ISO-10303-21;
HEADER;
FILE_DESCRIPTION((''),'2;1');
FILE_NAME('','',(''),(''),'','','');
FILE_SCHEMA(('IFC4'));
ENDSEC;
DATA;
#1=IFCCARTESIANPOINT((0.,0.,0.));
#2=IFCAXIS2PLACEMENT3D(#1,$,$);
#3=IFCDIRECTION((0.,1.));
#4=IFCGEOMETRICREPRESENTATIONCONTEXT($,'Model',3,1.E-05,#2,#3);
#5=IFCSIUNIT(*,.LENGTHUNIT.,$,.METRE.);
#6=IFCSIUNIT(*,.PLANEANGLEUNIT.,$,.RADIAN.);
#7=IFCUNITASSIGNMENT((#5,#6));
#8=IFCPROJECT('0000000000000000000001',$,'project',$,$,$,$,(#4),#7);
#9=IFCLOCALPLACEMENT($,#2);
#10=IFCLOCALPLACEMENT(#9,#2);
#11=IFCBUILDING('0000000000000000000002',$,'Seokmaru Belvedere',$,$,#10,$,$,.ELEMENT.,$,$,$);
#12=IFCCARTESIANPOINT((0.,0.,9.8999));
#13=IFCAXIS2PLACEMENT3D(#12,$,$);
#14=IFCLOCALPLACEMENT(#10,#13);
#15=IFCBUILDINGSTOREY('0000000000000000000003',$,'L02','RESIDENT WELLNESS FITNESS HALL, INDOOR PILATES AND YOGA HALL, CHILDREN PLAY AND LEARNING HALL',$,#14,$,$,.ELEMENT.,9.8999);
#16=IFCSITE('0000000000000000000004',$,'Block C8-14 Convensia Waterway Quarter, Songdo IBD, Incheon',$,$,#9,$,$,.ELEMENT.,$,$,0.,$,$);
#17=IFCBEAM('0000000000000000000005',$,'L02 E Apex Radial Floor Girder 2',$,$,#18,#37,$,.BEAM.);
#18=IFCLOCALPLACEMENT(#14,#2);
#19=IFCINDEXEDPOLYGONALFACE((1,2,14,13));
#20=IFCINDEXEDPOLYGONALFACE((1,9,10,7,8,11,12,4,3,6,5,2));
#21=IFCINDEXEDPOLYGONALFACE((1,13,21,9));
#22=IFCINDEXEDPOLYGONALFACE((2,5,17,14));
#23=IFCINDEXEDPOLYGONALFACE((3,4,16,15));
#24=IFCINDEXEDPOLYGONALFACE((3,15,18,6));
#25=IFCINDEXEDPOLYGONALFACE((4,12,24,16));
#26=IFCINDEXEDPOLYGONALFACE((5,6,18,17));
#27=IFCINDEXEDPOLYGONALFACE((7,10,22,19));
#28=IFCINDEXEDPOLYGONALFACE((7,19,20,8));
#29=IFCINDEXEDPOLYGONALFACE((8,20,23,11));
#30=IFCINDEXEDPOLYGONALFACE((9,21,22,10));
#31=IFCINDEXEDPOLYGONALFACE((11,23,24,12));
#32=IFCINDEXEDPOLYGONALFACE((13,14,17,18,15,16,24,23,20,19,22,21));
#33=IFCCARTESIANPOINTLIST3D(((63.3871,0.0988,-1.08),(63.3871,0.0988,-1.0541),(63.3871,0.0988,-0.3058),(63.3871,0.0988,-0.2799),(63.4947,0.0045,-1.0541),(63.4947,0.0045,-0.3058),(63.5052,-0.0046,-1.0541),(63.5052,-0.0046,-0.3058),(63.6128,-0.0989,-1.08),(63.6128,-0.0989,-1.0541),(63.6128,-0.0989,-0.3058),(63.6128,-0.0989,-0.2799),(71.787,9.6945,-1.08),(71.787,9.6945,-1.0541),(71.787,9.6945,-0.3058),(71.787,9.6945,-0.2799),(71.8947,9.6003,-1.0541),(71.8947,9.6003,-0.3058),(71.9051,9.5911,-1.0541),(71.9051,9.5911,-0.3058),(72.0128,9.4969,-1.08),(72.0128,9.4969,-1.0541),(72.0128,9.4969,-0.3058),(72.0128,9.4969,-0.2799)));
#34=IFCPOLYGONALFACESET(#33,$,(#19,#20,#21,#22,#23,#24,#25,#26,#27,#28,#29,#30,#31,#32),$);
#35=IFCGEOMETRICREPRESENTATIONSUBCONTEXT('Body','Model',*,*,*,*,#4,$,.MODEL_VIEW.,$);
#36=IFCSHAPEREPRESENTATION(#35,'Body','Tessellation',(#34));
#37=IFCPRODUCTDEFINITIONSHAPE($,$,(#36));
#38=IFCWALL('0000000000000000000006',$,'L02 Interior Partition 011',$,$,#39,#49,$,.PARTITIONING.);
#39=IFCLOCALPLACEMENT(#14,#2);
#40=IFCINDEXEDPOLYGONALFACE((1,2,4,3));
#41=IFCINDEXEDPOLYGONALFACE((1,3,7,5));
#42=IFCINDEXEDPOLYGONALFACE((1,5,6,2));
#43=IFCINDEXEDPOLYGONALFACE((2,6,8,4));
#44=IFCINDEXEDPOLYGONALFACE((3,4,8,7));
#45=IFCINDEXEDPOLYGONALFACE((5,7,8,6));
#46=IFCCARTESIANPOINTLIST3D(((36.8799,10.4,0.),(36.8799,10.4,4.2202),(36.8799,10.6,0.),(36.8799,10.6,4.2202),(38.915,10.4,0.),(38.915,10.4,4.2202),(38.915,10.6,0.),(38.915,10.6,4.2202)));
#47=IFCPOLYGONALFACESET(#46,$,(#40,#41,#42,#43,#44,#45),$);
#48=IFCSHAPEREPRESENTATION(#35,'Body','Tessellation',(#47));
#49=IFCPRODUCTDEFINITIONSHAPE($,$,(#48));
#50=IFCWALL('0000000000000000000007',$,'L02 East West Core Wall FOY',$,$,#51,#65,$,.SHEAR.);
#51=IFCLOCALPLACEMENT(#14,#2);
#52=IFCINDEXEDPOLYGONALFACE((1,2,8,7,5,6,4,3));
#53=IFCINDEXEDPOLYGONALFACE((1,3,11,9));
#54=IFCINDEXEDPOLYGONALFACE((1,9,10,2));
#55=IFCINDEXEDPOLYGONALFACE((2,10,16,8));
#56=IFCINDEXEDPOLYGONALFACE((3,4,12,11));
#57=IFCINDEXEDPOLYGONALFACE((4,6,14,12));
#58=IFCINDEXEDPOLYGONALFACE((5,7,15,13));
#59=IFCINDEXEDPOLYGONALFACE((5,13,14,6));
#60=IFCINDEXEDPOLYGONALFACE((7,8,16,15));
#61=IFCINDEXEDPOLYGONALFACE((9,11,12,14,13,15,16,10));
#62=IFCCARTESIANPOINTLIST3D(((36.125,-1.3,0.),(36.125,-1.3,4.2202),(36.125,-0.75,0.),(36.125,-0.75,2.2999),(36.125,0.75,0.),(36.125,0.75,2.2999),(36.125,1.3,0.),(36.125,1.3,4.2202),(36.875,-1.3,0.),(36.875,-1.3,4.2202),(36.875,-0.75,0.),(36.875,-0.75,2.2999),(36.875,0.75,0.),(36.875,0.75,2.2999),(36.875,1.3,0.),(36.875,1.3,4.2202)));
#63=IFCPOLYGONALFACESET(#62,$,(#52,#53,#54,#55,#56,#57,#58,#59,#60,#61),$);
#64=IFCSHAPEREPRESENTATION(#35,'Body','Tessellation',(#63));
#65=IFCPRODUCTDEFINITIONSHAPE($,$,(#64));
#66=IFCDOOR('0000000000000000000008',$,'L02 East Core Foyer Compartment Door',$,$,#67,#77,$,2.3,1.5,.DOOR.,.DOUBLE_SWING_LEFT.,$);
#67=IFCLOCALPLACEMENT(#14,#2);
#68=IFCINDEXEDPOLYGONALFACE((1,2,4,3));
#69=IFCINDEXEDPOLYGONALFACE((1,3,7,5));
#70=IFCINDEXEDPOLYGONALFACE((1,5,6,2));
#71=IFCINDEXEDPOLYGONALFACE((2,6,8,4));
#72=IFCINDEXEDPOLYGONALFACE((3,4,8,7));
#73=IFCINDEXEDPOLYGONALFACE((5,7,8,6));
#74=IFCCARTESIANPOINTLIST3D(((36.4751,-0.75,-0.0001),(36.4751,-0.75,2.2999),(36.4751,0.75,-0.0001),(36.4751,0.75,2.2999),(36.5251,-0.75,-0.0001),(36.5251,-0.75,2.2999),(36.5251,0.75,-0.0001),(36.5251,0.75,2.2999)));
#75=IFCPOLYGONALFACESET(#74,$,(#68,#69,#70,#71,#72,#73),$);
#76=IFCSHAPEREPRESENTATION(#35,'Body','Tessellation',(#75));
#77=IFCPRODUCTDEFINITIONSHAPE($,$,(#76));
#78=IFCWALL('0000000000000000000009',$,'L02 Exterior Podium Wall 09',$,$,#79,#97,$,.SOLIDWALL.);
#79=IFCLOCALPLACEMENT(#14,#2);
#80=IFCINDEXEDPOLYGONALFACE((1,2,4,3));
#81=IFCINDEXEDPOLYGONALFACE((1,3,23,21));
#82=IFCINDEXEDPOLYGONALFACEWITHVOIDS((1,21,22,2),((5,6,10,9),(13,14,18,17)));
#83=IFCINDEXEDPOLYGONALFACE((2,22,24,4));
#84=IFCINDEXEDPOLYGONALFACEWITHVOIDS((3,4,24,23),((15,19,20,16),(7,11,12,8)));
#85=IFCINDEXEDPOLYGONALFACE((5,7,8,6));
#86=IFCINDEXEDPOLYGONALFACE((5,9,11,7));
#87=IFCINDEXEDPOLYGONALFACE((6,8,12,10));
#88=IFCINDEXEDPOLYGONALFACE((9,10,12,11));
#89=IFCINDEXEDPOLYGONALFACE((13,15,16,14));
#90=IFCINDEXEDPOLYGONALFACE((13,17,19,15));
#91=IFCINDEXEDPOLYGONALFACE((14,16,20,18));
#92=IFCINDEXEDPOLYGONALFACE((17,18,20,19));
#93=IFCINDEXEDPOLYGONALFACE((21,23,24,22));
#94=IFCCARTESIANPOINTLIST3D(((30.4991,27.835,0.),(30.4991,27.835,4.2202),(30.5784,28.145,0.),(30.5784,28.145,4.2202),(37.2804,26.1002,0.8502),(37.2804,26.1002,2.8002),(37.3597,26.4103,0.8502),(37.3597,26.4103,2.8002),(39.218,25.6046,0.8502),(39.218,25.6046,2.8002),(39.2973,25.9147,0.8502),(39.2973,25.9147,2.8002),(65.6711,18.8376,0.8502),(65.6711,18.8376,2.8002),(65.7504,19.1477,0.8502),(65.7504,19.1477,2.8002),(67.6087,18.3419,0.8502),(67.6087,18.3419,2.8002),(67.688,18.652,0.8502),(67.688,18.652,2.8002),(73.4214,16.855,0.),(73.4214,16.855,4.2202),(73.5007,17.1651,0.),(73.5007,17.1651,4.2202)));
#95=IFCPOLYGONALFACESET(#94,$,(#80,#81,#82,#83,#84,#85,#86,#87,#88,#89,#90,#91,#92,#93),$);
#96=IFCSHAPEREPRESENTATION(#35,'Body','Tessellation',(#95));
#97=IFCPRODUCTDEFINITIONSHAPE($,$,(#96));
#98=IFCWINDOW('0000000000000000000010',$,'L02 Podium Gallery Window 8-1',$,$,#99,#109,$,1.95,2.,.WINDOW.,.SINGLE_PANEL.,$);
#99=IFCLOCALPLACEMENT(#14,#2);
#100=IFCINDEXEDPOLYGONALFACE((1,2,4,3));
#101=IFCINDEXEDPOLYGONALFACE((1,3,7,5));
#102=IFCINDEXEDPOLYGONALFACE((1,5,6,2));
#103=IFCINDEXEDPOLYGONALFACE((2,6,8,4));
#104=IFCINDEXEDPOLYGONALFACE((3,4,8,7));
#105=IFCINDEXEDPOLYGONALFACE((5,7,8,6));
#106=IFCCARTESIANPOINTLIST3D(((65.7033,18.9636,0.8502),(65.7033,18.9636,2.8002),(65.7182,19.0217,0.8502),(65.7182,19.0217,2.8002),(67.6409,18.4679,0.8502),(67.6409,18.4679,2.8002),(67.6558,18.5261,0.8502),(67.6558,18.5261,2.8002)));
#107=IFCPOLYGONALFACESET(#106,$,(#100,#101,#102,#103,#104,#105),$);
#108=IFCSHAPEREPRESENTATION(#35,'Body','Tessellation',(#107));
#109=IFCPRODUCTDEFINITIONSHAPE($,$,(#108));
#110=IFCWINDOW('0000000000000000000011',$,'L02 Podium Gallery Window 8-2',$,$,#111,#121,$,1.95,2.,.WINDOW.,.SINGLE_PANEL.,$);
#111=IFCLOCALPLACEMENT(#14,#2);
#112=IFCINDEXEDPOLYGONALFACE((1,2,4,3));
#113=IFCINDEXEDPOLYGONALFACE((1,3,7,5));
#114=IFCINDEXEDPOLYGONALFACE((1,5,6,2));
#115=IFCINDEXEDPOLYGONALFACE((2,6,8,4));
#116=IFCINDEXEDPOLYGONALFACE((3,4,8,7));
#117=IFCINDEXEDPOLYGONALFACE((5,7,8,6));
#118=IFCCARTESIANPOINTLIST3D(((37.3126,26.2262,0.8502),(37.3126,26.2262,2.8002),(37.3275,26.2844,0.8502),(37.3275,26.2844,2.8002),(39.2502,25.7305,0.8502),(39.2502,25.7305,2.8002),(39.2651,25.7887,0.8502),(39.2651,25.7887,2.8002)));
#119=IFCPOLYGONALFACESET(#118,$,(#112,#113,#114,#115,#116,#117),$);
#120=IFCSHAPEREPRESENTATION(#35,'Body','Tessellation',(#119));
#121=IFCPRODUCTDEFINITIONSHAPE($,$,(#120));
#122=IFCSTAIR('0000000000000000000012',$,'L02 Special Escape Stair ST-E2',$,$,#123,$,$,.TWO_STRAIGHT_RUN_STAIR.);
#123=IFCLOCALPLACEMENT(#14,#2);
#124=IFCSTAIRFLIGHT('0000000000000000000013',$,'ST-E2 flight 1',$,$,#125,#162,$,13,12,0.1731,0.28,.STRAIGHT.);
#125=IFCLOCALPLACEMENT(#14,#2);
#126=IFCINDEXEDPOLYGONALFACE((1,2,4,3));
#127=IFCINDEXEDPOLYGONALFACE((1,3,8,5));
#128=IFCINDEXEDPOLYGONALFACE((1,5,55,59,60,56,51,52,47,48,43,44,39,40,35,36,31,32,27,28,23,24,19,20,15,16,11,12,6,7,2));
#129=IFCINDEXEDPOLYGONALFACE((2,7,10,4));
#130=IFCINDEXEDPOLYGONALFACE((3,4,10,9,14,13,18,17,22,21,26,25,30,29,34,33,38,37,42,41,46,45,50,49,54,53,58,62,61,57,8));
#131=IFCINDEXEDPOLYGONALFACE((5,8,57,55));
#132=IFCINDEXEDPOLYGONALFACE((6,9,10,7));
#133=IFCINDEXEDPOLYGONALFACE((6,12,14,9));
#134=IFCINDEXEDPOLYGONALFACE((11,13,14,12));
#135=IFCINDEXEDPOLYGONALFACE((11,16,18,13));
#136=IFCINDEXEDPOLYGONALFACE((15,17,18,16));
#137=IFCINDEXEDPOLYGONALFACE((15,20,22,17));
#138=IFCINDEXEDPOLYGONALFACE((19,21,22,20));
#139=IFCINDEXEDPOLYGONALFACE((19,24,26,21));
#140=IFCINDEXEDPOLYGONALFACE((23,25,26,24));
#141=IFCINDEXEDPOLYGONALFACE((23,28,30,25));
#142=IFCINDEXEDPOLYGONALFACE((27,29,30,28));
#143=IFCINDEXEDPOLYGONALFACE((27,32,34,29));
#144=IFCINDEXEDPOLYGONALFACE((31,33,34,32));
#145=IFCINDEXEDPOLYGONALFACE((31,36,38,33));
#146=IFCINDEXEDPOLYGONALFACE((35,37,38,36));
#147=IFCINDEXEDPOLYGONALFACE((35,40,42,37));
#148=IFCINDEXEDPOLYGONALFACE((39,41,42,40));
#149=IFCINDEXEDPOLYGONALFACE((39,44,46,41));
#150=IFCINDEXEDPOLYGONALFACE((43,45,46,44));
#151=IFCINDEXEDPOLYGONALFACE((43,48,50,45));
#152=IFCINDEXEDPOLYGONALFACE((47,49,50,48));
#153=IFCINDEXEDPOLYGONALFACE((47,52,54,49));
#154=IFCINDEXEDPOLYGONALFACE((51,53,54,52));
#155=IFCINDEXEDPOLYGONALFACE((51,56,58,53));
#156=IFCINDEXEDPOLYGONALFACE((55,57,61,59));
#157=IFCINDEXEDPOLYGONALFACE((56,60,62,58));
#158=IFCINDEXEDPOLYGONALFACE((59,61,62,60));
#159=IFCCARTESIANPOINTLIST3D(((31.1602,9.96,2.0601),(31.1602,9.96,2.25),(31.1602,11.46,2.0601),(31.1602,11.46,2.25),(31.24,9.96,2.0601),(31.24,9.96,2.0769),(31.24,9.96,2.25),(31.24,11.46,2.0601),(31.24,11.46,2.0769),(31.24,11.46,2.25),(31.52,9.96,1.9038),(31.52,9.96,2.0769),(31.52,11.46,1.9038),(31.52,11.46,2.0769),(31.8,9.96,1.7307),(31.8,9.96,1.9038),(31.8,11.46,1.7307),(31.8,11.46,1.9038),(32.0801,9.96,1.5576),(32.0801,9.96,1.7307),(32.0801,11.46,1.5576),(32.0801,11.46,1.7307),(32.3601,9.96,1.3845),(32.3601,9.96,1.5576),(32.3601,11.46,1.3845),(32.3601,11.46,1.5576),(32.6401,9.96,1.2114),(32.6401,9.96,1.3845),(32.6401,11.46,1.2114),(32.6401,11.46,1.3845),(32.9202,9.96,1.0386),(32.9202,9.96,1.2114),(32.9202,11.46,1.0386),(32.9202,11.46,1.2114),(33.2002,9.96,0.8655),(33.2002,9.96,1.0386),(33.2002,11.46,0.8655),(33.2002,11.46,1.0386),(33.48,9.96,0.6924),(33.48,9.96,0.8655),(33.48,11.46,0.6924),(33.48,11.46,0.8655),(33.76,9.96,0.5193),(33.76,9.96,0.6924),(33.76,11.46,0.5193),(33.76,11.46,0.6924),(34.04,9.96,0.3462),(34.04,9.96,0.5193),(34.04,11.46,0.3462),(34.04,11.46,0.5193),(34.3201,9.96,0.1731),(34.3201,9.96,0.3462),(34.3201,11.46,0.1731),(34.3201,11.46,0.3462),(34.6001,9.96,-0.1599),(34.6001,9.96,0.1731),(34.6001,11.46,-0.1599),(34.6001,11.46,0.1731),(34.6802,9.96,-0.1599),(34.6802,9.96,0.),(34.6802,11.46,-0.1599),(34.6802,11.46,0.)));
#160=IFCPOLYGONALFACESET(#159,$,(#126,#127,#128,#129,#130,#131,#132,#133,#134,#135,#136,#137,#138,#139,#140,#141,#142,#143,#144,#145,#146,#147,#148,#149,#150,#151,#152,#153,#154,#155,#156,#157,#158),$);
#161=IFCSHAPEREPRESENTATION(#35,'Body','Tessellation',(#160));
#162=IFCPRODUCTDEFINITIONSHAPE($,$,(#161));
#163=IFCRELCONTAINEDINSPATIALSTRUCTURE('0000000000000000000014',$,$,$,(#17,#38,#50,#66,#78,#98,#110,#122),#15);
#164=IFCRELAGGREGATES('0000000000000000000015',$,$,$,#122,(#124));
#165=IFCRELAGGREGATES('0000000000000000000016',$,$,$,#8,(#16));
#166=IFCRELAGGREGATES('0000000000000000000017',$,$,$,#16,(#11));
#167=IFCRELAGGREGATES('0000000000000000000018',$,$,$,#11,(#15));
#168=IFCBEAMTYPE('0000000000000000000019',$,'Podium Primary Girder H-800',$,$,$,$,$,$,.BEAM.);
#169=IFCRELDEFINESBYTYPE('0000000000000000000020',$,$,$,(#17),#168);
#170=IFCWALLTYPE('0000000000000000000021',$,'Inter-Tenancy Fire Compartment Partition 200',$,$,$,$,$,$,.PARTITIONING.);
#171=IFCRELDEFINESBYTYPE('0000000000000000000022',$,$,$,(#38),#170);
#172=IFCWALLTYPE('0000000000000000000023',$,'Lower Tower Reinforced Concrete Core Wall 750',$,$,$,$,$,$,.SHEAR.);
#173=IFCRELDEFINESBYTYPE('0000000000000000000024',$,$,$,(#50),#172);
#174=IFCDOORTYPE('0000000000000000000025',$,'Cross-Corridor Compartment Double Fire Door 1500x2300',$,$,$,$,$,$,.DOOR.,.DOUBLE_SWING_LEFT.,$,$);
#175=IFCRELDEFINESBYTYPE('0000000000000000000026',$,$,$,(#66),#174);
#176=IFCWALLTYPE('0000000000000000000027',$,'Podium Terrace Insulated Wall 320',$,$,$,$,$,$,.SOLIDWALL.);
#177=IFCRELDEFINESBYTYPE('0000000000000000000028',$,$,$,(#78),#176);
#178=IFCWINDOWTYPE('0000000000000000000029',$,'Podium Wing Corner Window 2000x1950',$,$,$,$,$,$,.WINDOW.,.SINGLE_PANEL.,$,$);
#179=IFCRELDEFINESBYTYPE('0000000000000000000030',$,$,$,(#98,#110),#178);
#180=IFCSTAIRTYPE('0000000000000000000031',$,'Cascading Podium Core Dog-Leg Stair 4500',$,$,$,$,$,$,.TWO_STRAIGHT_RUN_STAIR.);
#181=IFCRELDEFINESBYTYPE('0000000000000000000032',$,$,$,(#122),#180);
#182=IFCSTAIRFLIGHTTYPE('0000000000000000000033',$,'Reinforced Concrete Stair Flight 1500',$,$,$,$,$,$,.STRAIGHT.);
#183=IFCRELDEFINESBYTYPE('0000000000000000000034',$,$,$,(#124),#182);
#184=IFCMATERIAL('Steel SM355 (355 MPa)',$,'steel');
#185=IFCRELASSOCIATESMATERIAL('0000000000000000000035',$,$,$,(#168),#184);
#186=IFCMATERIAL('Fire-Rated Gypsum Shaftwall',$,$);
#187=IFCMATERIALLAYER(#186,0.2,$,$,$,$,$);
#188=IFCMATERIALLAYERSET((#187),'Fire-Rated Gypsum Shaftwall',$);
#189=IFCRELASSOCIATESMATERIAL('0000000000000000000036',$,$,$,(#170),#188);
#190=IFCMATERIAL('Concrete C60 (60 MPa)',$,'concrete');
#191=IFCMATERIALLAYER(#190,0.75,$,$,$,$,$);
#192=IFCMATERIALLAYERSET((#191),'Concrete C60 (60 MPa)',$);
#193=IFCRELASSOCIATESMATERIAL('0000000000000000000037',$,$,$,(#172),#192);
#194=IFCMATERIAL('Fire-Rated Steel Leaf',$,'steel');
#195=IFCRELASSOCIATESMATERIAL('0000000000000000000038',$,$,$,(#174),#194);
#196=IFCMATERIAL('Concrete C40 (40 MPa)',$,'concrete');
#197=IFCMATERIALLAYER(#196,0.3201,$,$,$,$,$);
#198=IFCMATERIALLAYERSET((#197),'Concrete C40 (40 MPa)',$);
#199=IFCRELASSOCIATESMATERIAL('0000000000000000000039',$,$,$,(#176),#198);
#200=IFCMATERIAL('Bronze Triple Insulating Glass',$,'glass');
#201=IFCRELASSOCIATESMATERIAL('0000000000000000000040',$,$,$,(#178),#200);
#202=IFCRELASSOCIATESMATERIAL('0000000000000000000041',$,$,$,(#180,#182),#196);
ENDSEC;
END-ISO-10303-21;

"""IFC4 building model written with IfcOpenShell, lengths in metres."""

from ifc_helpers import new_model, si_unit, direction, frame, frame_2d, origin, origin_2d, place, context, subcontext, project, spatial, polyline, rectangle, i_section, outline, extrude, source, transform, mapped, material, layer, layer_set, material_profile, profile_set, type_object, type_shapes, element, fill, aggregate, save


model = new_model("IFC4")

# Units and contexts
model_context = context("Model", 3, precision=1e-05, world=origin(), true_north=direction((0.0, 1.0)))
body_context = subcontext(model_context, "Body", "Model", "MODEL_VIEW")
ifc_project = project(units=[si_unit("LENGTHUNIT", "METRE"), si_unit("PLANEANGLEUNIT", "RADIAN")], contexts=[model_context])

# Site, building, storey
site_placement = place(None, origin())
site = spatial("IfcSite", under=ifc_project, at=site_placement, Name="Block C8-14 Convensia Waterway Quarter, Songdo IBD, Incheon", CompositionType="ELEMENT", RefElevation=0.0)
building_placement = place(site_placement, origin())
building = spatial("IfcBuilding", under=site, at=building_placement, Name="Seokmaru Belvedere", CompositionType="ELEMENT")
storey_placement = place(building_placement, frame((0.0, 0.0, 9.8999)))
storey = spatial("IfcBuildingStorey", under=building, at=storey_placement, Name="L02", Description="RESIDENT WELLNESS FITNESS HALL, INDOOR PILATES AND YOGA HALL, CHILDREN PLAY AND LEARNING HALL", CompositionType="ELEMENT", Elevation=9.8999)

# Shared definitions
ifc_material_1 = material(Name="Steel SM355 (355 MPa)", Category="steel")

# Beam
ifc_material_profile_1 = material_profile(ifc_material_1, i_section(OverallWidth=0.3, OverallDepth=0.8, WebThickness=0.0139, FlangeThickness=0.0259, at=origin_2d()), Name="H-800x300x14x26")
ifc_profile_set_1 = profile_set([ifc_material_profile_1], Name="Steel SM355 (355 MPa)")
beam_type_1 = type_object("IfcBeamType", Name="Podium Primary Girder H-800", PredefinedType="BEAM", material=ifc_profile_set_1)
shared_shape_1 = source(origin(), body_context, "Body", "SweptSolid", [
    extrude(i_section(OverallWidth=0.3, OverallDepth=0.8, WebThickness=0.0139, FlangeThickness=0.0259, at=origin_2d()), origin(), (0.0, 0.0, 1.0), 12.7529),
])
beam_1_placement = place(storey_placement, frame((71.8999, 9.5957, -0.6799), z_axis=(-0.658667, -0.752434, 0.0), x_axis=(0.752434, -0.658667, 0.0)))
element("IfcBeam", 1, at=beam_1_placement, inside=storey, type_object=beam_type_1, Name="L02 E Apex Radial Floor Girder 2", PredefinedType="BEAM", context=body_context, shape_type="MappedRepresentation", body=[
    mapped(shared_shape_1, transform((0.0, 0.0, 0.0), scale=1.0)),
])

# Wall
ifc_material_2 = material(Name="Fire-Rated Gypsum Shaftwall")
ifc_layer_1 = layer(ifc_material_2, 0.2)
ifc_layer_set_1 = layer_set([ifc_layer_1], Name="Fire-Rated Gypsum Shaftwall")
wall_type_1 = type_object("IfcWallType", Name="Inter-Tenancy Fire Compartment Partition 200", PredefinedType="PARTITIONING", material=ifc_layer_set_1)
wall_1_placement = place(storey_placement, frame((36.8799, 10.5, 0.0), z_axis=(0.0, 0.0, 1.0), x_axis=(1.0, 0.0, 0.0)))
element("IfcWall", 2, at=wall_1_placement, inside=storey, type_object=wall_type_1, Name="L02 Interior Partition 011", PredefinedType="PARTITIONING", context=body_context, shape_type="SweptSolid", body=[
    extrude(rectangle(XDim=2.0352, YDim=0.2, at=frame_2d((1.0176, 0.0))), origin(), (0.0, 0.0, 1.0), 4.2202),
])

# Wall, opening, door
ifc_material_3 = material(Name="Concrete C60 (60 MPa)", Category="concrete")
ifc_layer_2 = layer(ifc_material_3, 0.75)
ifc_layer_set_2 = layer_set([ifc_layer_2], Name="Concrete C60 (60 MPa)")
wall_type_2 = type_object("IfcWallType", Name="Lower Tower Reinforced Concrete Core Wall 750", PredefinedType="SHEAR", material=ifc_layer_set_2)
wall_2_placement = place(storey_placement, frame((36.5, -1.3, 0.0), z_axis=(0.0, 0.0, 1.0), x_axis=(0.0, 1.0, 0.0)))
wall_2 = element("IfcWall", 3, at=wall_2_placement, inside=storey, type_object=wall_type_2, Name="L02 East West Core Wall FOY", PredefinedType="SHEAR", context=body_context, shape_type="SweptSolid", body=[
    extrude(rectangle(XDim=2.6001, YDim=0.75, at=frame_2d((1.3, 0.0))), origin(), (0.0, 0.0, 1.0), 4.2202),
])
opening_1_placement = place(wall_2_placement, frame((0.55, 0.0, 0.0)))
opening_1 = element("IfcOpeningElement", 4, at=opening_1_placement, cuts=wall_2, PredefinedType="OPENING", context=body_context, shape_type="SweptSolid", body=[
    extrude(rectangle(XDim=1.5, YDim=2.3, at=frame_2d((0.75, 1.1499))), frame((0.0, 0.385, 0.0), z_axis=(0.0, -1.0, 0.0), x_axis=(1.0, 0.0, 0.0)), (0.0, 0.0, 1.0), 0.77),
])
ifc_material_4 = material(Name="Fire-Rated Steel Leaf", Category="steel")
door_type_1 = type_object("IfcDoorType", Name="Cross-Corridor Compartment Double Fire Door 1500x2300", OperationType="DOUBLE_SWING_LEFT", PredefinedType="DOOR", material=ifc_material_4)
shared_shape_2 = source(origin(), body_context, "Body", "SweptSolid", [
    extrude(rectangle(XDim=1.5, YDim=2.3, at=frame_2d((0.75, 1.1499))), frame((0.0, 0.0249, 0.0), z_axis=(0.0, -1.0, 0.0), x_axis=(1.0, 0.0, 0.0)), (0.0, 0.0, 1.0), 0.05),
])
type_shapes(door_type_1, [shared_shape_2])
door_1_placement = place(opening_1_placement, origin())
door_1 = element("IfcDoor", 5, at=door_1_placement, inside=storey, type_object=door_type_1, Name="L02 East Core Foyer Compartment Door", OperationType="DOUBLE_SWING_LEFT", OverallHeight=2.3, OverallWidth=1.5, PredefinedType="DOOR", context=body_context, shape_type="MappedRepresentation", body=[
    mapped(shared_shape_2, transform((0.0, 0.0, 0.0), scale=1.0)),
])
fill(opening_1, door_1)

# Wall, openings, windows
ifc_material_5 = material(Name="Concrete C40 (40 MPa)", Category="concrete")
ifc_layer_3 = layer(ifc_material_5, 0.3201)
ifc_layer_set_3 = layer_set([ifc_layer_3], Name="Concrete C40 (40 MPa)")
wall_type_3 = type_object("IfcWallType", Name="Podium Terrace Insulated Wall 320", PredefinedType="SOLIDWALL", material=ifc_layer_set_3)
wall_3_placement = place(storey_placement, frame((73.4612, 17.01, 0.0), z_axis=(0.0, 0.0, 1.0), x_axis=(-0.968804, 0.24783, 0.0)))
wall_3 = element("IfcWall", 6, at=wall_3_placement, inside=storey, type_object=wall_type_3, Name="L02 Exterior Podium Wall 09", PredefinedType="SOLIDWALL", context=body_context, shape_type="SweptSolid", body=[
    extrude(rectangle(XDim=44.3044, YDim=0.3201, at=frame_2d((22.1523, 0.0))), origin(), (0.0, 0.0, 1.0), 4.2202),
])
opening_2_placement = place(wall_3_placement, frame((6.0, 0.0, 0.8501)))
opening_2 = element("IfcOpeningElement", 7, at=opening_2_placement, cuts=wall_3, PredefinedType="OPENING", context=body_context, shape_type="SweptSolid", body=[
    extrude(rectangle(XDim=2.0, YDim=1.95, at=frame_2d((1.0, 0.9751))), frame((0.0, 0.1699, 0.0), z_axis=(0.0, -1.0, 0.0), x_axis=(1.0, 0.0, 0.0)), (0.0, 0.0, 1.0), 0.3401),
])
opening_3_placement = place(wall_3_placement, frame((35.3049, 0.0, 0.8501)))
opening_3 = element("IfcOpeningElement", 8, at=opening_3_placement, cuts=wall_3, PredefinedType="OPENING", context=body_context, shape_type="SweptSolid", body=[
    extrude(rectangle(XDim=2.0, YDim=1.95, at=frame_2d((1.0, 0.9751))), frame((0.0, 0.1699, 0.0), z_axis=(0.0, -1.0, 0.0), x_axis=(1.0, 0.0, 0.0)), (0.0, 0.0, 1.0), 0.3401),
])
ifc_material_6 = material(Name="Bronze Triple Insulating Glass", Category="glass")
window_type = type_object("IfcWindowType", Name="Podium Wing Corner Window 2000x1950", PartitioningType="SINGLE_PANEL", PredefinedType="WINDOW", material=ifc_material_6)
shared_shape_3 = source(origin(), body_context, "Body", "SweptSolid", [
    extrude(rectangle(XDim=2.0, YDim=1.95, at=frame_2d((1.0, 0.9751))), frame((0.0, 0.03, 0.0), z_axis=(0.0, -1.0, 0.0), x_axis=(1.0, 0.0, 0.0)), (0.0, 0.0, 1.0), 0.0601),
])
type_shapes(window_type, [shared_shape_3])
window_1_placement = place(opening_2_placement, origin())
window_1 = element("IfcWindow", 9, at=window_1_placement, inside=storey, type_object=window_type, Name="L02 Podium Gallery Window 8-1", OverallHeight=1.95, OverallWidth=2.0, PartitioningType="SINGLE_PANEL", PredefinedType="WINDOW", context=body_context, shape_type="MappedRepresentation", body=[
    mapped(shared_shape_3, transform((0.0, 0.0, 0.0), scale=1.0)),
])
fill(opening_2, window_1)
window_2_placement = place(opening_3_placement, origin())
window_2 = element("IfcWindow", 10, at=window_2_placement, inside=storey, type_object=window_type, Name="L02 Podium Gallery Window 8-2", OverallHeight=1.95, OverallWidth=2.0, PartitioningType="SINGLE_PANEL", PredefinedType="WINDOW", context=body_context, shape_type="MappedRepresentation", body=[
    mapped(shared_shape_3, transform((0.0, 0.0, 0.0), scale=1.0)),
])
fill(opening_3, window_2)

# Stair, stair flight
stair_type = type_object("IfcStairType", Name="Cascading Podium Core Dog-Leg Stair 4500", PredefinedType="TWO_STRAIGHT_RUN_STAIR", material=ifc_material_5)
stair_placement = place(storey_placement, origin())
stair = element("IfcStair", 11, at=stair_placement, inside=storey, type_object=stair_type, Name="L02 Special Escape Stair ST-E2", PredefinedType="TWO_STRAIGHT_RUN_STAIR")
stair_flight_type = type_object("IfcStairFlightType", Name="Reinforced Concrete Stair Flight 1500", PredefinedType="STRAIGHT", material=ifc_material_5)
stair_flight_placement = place(storey_placement, frame((34.6001, 10.71, 0.0), z_axis=(0.0, 0.0, 1.0), x_axis=(-1.0, 0.0, 0.0)))
stair_flight = element("IfcStairFlight", 12, at=stair_flight_placement, type_object=stair_flight_type, Name="ST-E2 flight 1", NumberOfRisers=13, NumberOfTreads=12, PredefinedType="STRAIGHT", RiserHeight=0.1731, TreadLength=0.28, context=body_context, shape_type="SweptSolid", body=[
    extrude(outline(polyline([(-0.0801, 0.0), (0.0, 0.1731), (0.28, 0.1731), (0.28, 0.3462), (0.5601, 0.3462), (0.5601, 0.5193), (0.8401, 0.5193), (0.8401, 0.6924), (1.1201, 0.6924), (1.1201, 0.8655), (1.3999, 0.8655), (1.3999, 1.0386), (1.6799, 1.0386), (1.6799, 1.2114), (1.96, 1.2114), (1.96, 1.3845), (2.24, 1.3845), (2.24, 1.5576), (2.52, 1.5576), (2.52, 1.7307), (2.8, 1.7307), (2.8, 1.9038), (3.0801, 1.9038), (3.0801, 2.0769), (3.3601, 2.0769), (3.3601, 2.25), (3.4399, 2.25), (3.4399, 2.0601), (3.3601, 2.0601), (0.0, -0.1599), (-0.0801, -0.1599), (-0.0801, 0.0)])), frame((0.0, 0.75, 0.0), z_axis=(0.0, -1.0, 0.0), x_axis=(1.0, 0.0, 0.0)), (0.0, 0.0, 1.0), 1.5),
])
aggregate(stair, [stair_flight])

save(model, "model.ifc")
